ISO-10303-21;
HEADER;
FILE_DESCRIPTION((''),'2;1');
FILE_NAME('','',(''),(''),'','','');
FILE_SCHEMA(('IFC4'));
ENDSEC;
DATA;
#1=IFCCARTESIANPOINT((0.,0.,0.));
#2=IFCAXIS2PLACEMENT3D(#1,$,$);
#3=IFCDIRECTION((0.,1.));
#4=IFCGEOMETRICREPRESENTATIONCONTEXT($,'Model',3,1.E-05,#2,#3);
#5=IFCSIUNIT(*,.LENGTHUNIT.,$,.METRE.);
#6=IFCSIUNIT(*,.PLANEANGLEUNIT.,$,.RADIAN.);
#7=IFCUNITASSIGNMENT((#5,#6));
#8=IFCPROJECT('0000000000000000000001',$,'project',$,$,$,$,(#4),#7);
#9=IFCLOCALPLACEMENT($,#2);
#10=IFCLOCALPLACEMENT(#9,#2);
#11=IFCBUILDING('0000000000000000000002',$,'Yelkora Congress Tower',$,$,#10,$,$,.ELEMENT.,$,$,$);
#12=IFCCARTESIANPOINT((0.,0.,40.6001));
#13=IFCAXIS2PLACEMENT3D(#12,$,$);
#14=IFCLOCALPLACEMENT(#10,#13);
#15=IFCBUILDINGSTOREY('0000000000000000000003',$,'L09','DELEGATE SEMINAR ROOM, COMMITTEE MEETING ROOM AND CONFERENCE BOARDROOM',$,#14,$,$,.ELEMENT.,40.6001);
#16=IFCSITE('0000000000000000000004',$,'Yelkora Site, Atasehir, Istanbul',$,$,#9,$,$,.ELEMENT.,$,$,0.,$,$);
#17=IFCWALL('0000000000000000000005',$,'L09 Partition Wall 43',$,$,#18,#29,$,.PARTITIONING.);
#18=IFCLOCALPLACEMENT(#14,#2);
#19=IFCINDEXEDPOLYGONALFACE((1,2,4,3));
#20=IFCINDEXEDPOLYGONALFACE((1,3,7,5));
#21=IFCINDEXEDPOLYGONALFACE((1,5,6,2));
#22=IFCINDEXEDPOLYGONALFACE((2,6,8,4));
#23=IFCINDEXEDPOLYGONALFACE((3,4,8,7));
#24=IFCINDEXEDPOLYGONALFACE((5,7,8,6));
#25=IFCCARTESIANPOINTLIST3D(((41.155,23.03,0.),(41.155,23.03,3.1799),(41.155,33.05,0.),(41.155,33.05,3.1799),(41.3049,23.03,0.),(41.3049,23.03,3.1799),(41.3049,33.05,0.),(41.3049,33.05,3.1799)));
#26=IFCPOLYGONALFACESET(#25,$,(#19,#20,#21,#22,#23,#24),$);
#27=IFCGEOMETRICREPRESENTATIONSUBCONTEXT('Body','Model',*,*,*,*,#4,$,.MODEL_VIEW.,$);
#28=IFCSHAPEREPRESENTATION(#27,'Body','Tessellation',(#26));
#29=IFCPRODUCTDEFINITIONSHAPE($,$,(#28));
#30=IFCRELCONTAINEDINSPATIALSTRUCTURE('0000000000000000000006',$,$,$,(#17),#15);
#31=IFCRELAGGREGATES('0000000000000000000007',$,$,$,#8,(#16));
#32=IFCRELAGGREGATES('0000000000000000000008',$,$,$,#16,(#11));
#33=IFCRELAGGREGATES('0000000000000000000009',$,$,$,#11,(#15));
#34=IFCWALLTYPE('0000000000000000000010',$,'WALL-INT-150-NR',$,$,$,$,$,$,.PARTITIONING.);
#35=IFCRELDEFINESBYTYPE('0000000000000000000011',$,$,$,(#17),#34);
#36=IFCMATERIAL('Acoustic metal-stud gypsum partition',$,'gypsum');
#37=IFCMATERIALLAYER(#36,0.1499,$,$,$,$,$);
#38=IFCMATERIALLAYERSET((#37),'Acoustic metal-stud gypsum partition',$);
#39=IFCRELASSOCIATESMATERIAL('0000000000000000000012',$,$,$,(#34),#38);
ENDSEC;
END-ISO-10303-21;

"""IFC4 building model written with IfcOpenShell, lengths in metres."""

from ifc_helpers import new_model, si_unit, direction, frame, frame_2d, origin, place, context, subcontext, project, spatial, rectangle, extrude, material, layer, layer_set, type_object, element, save


model = new_model("IFC4")

# Units and contexts
model_context = context("Model", 3, precision=1e-05, world=origin(), true_north=direction((0.0, 1.0)))
body_context = subcontext(model_context, "Body", "Model", "MODEL_VIEW")
ifc_project = project(units=[si_unit("LENGTHUNIT", "METRE"), si_unit("PLANEANGLEUNIT", "RADIAN")], contexts=[model_context])

# Site, building, storey
site_placement = place(None, origin())
site = spatial("IfcSite", under=ifc_project, at=site_placement, Name="Yelkora Site, Atasehir, Istanbul", CompositionType="ELEMENT", RefElevation=0.0)
building_placement = place(site_placement, origin())
building = spatial("IfcBuilding", under=site, at=building_placement, Name="Yelkora Congress Tower", CompositionType="ELEMENT")
storey_placement = place(building_placement, frame((0.0, 0.0, 40.6001)))
storey = spatial("IfcBuildingStorey", under=building, at=storey_placement, Name="L09", Description="DELEGATE SEMINAR ROOM, COMMITTEE MEETING ROOM AND CONFERENCE BOARDROOM", CompositionType="ELEMENT", Elevation=40.6001)

# Shared definitions
ifc_material_1 = material(Name="Acoustic metal-stud gypsum partition", Category="gypsum")
ifc_layer = layer(ifc_material_1, 0.1499)
ifc_layer_set = layer_set([ifc_layer], Name="Acoustic metal-stud gypsum partition")
wall_type = type_object("IfcWallType", Name="WALL-INT-150-NR", PredefinedType="PARTITIONING", material=ifc_layer_set)

# Wall
for number, where, z_axis, x_axis, name in (
    (1, (41.23, 23.03, 0.0), (0.0, 0.0, 1.0), (0.0, 1.0, 0.0), "L09 Partition Wall 43"),
):
    element("IfcWall", number, at=place(storey_placement, frame(where, z_axis=z_axis, x_axis=x_axis)), inside=storey, type_object=wall_type, Name=name, PredefinedType="PARTITIONING", context=body_context, shape_type="SweptSolid", body=[
        extrude(rectangle(XDim=10.02, YDim=0.1499, at=frame_2d((5.01, 0.0))), origin(), (0.0, 0.0, 1.0), 3.1799),
    ])

save(model, "model.ifc")
